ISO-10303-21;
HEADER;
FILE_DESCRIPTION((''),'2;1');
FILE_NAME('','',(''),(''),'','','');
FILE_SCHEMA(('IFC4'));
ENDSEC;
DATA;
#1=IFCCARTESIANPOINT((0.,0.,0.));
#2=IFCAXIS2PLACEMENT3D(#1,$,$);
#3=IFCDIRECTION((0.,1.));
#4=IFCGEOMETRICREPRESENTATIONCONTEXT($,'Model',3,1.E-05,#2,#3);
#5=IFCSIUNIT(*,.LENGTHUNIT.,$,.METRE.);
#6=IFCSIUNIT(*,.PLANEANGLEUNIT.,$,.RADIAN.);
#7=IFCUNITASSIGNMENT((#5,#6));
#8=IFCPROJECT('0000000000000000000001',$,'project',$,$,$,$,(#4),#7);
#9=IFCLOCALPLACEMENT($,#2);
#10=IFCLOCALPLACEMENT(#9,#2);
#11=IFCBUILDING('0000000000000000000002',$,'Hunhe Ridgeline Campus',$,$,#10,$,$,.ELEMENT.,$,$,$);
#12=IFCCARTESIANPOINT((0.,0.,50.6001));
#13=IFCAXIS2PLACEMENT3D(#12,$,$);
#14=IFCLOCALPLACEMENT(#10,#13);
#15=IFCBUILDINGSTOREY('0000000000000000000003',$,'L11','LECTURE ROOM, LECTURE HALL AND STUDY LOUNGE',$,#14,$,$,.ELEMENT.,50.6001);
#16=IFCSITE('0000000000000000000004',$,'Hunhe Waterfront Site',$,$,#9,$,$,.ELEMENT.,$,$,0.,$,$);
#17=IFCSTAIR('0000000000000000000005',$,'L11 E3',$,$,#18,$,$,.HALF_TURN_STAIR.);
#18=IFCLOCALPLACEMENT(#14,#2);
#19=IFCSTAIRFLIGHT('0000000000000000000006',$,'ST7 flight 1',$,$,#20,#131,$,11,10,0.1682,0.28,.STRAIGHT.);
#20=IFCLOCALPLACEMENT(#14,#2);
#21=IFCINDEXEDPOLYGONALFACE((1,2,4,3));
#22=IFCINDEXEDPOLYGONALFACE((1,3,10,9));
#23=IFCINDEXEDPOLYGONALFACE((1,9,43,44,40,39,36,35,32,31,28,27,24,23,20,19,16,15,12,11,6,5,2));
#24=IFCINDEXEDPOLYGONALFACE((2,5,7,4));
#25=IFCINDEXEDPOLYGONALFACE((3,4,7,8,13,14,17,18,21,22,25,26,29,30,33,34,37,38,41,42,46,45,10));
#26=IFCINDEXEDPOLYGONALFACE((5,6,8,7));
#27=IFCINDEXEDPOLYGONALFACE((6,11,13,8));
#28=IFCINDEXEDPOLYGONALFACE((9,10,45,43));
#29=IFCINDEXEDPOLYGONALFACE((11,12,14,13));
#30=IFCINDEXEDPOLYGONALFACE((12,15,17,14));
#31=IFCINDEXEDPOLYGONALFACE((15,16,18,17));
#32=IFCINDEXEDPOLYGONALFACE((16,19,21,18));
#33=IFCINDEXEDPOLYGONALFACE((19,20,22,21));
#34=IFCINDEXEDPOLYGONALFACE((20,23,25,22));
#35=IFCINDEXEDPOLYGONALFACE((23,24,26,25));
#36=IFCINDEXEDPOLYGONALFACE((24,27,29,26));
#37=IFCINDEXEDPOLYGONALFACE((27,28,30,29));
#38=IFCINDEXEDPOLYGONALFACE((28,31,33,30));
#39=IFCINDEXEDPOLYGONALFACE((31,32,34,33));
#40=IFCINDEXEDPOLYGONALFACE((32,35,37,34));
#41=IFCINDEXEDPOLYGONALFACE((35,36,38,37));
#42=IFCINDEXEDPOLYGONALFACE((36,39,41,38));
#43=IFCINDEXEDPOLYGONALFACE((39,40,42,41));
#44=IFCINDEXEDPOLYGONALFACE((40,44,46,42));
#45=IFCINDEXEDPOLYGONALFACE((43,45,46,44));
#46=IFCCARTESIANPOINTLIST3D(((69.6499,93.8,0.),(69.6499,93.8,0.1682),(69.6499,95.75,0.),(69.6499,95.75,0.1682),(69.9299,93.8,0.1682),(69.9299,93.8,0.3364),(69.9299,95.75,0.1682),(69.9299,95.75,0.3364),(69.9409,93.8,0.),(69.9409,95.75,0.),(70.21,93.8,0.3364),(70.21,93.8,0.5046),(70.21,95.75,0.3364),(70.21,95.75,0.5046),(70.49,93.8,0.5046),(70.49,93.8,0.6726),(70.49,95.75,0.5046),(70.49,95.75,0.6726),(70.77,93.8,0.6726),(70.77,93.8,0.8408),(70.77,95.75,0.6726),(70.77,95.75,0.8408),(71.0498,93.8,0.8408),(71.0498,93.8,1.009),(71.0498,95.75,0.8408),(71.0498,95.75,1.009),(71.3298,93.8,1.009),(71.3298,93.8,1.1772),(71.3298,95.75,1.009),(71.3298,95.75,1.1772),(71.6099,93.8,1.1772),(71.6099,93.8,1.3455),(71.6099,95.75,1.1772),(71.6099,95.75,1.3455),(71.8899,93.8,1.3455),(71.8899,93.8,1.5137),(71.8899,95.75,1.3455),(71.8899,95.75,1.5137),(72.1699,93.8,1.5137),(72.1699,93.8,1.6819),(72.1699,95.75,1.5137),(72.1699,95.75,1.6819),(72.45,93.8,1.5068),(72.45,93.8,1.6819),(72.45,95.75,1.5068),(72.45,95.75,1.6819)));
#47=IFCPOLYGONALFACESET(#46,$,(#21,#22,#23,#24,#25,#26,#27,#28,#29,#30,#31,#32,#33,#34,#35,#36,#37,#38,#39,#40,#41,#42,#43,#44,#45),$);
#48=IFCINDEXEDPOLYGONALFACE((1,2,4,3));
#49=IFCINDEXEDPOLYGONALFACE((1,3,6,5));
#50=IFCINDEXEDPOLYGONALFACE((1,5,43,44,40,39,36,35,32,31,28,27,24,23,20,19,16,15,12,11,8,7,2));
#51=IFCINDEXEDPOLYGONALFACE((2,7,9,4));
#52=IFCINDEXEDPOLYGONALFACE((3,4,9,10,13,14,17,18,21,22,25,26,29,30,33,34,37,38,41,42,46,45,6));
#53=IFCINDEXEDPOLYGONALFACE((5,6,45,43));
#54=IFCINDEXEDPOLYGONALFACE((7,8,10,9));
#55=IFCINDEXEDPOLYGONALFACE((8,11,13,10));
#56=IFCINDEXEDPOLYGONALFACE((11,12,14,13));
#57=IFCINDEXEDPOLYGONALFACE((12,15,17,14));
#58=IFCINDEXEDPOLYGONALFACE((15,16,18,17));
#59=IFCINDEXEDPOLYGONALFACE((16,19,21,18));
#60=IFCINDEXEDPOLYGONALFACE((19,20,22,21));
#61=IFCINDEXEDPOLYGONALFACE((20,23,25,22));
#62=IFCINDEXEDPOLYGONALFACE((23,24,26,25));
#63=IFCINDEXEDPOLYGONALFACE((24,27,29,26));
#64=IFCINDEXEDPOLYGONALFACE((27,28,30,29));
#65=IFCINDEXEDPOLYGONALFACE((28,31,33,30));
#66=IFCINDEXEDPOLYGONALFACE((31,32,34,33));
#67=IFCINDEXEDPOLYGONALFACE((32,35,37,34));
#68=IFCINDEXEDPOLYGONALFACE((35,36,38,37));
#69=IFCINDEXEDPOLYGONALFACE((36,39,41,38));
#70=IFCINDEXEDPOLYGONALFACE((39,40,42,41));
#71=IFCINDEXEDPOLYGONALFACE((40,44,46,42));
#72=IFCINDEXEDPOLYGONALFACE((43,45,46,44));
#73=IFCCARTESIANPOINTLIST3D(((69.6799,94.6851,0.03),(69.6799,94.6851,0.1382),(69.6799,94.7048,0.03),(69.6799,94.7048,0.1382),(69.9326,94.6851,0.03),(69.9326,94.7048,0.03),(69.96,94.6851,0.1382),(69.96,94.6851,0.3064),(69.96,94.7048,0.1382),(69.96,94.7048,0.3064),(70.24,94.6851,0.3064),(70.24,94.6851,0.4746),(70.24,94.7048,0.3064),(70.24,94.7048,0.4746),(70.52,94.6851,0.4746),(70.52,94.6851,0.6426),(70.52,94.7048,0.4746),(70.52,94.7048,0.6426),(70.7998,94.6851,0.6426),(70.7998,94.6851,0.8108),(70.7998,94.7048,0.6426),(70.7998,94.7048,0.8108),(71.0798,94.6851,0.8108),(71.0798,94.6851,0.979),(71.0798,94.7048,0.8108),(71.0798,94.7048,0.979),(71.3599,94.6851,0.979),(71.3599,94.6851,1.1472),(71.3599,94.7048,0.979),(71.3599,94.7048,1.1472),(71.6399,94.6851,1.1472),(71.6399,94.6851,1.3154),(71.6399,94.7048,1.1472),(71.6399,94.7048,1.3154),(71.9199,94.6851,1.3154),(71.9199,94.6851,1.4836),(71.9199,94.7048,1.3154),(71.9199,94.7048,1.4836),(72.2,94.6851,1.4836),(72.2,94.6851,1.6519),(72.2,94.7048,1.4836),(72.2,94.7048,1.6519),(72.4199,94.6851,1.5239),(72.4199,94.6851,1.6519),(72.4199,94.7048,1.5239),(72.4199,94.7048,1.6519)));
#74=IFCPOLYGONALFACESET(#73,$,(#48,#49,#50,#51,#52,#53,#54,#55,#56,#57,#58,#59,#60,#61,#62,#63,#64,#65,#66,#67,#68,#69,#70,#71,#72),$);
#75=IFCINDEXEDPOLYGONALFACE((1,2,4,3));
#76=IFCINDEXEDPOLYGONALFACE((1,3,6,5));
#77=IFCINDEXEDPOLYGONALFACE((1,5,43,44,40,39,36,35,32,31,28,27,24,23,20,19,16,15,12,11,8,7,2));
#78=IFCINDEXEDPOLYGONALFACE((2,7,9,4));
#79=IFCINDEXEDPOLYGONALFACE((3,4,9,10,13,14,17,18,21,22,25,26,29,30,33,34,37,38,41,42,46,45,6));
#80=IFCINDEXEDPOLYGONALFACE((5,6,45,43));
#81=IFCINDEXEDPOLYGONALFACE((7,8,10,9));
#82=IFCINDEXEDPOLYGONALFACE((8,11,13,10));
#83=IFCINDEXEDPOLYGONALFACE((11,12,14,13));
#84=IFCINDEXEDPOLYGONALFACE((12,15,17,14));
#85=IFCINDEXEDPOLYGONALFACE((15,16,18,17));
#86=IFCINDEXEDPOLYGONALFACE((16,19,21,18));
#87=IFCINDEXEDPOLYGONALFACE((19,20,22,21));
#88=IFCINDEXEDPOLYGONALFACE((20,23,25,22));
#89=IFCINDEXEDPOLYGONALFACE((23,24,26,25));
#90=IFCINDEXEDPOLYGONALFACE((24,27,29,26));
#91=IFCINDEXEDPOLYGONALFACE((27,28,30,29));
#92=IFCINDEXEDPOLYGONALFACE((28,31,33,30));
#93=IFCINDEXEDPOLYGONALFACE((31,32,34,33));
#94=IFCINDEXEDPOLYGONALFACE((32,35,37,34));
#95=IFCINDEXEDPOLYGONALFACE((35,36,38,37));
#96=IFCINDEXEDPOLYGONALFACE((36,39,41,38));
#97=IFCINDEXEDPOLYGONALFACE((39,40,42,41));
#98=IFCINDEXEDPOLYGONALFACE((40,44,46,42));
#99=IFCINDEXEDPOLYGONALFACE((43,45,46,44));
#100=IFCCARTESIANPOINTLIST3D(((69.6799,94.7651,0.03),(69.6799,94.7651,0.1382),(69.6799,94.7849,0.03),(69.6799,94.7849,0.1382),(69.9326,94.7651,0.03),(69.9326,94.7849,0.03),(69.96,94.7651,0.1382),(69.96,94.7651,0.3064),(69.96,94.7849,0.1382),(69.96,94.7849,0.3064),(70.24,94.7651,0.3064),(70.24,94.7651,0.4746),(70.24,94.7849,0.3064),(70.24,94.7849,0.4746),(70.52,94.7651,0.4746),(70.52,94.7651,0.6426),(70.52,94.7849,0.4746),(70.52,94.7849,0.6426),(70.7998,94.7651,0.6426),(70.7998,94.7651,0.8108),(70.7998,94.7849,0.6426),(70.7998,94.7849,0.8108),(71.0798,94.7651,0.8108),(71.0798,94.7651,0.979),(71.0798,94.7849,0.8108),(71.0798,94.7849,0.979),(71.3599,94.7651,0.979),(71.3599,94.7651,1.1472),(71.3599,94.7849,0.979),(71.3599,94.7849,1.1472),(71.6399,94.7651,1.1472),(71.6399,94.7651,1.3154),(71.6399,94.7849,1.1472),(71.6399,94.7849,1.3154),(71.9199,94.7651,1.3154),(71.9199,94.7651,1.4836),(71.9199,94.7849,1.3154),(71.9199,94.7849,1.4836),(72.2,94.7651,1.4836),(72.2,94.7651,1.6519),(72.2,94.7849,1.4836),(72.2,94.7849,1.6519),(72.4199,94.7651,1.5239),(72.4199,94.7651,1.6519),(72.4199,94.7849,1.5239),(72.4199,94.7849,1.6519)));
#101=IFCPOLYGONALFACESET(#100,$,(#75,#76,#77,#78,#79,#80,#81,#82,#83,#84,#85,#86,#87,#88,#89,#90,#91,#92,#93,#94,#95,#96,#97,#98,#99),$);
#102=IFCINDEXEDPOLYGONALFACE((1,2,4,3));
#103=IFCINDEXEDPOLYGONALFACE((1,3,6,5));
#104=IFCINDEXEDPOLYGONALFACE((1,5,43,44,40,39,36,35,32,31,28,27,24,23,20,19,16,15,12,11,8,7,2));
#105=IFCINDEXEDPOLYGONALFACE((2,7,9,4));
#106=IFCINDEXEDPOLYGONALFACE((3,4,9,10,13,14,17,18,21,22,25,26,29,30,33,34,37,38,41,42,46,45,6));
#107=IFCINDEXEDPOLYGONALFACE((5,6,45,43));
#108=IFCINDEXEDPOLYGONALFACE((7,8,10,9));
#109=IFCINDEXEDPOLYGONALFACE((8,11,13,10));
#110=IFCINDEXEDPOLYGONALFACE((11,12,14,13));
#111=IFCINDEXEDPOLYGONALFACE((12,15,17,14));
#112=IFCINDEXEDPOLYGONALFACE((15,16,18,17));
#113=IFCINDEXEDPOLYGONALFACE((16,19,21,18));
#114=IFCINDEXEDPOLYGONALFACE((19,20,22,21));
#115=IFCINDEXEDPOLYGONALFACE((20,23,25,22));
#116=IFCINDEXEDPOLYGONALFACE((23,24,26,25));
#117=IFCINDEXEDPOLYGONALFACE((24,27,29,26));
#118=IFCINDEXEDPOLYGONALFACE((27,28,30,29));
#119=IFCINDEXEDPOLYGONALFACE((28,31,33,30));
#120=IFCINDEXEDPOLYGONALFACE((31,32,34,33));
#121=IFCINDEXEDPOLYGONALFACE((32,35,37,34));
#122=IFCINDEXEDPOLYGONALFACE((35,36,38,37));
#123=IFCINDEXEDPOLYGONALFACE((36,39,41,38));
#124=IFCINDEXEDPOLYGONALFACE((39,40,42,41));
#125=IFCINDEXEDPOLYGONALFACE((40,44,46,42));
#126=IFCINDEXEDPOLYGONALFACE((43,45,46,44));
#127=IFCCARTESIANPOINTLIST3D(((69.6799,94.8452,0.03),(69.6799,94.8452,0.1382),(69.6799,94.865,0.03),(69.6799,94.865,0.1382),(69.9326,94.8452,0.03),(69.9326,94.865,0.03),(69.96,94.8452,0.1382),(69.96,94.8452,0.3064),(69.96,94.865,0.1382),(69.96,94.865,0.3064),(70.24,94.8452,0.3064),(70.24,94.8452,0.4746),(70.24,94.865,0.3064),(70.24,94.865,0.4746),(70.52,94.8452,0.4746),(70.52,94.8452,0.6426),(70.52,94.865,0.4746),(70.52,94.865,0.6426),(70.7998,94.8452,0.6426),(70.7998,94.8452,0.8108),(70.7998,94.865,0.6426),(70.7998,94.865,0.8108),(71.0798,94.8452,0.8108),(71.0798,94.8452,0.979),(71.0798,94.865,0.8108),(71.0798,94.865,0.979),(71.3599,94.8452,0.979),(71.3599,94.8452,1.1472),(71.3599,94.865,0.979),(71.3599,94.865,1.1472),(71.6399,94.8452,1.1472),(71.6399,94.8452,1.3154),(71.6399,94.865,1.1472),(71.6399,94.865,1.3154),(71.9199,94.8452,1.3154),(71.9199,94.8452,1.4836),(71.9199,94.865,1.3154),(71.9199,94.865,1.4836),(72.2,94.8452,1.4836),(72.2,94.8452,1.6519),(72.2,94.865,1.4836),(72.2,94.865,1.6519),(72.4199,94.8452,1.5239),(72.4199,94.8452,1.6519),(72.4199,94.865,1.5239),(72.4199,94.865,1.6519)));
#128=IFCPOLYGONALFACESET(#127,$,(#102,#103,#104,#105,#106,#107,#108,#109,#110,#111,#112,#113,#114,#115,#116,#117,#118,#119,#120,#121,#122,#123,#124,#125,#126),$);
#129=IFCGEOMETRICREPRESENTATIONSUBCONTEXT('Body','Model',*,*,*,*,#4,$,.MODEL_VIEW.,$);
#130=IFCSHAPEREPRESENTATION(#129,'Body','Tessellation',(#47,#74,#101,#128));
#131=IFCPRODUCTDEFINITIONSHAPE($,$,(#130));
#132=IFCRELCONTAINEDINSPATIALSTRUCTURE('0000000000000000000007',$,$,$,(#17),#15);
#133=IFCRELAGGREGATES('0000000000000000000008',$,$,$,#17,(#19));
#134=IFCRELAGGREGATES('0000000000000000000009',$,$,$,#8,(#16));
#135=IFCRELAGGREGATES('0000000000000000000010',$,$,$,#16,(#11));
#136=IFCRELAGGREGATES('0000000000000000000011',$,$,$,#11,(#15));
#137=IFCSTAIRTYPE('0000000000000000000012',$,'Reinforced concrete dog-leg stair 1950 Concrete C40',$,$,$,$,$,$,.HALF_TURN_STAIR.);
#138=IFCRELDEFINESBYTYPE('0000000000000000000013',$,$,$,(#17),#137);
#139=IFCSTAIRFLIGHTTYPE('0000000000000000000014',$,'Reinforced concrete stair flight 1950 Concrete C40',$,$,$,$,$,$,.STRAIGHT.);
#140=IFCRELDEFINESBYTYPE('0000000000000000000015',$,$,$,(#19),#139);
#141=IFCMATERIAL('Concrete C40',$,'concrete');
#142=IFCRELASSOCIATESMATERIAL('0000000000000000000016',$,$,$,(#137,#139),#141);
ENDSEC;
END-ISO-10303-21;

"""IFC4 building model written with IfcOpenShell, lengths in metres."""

from ifc_helpers import new_model, si_unit, direction, frame, origin, place, context, subcontext, project, spatial, polyline, outline, extrude, material, type_object, element, aggregate, save


model = new_model("IFC4")

# Units and contexts
model_context = context("Model", 3, precision=1e-05, world=origin(), true_north=direction((0.0, 1.0)))
body_context = subcontext(model_context, "Body", "Model", "MODEL_VIEW")
ifc_project = project(units=[si_unit("LENGTHUNIT", "METRE"), si_unit("PLANEANGLEUNIT", "RADIAN")], contexts=[model_context])

# Site, building, storey
site_placement = place(None, origin())
site = spatial("IfcSite", under=ifc_project, at=site_placement, Name="Hunhe Waterfront Site", CompositionType="ELEMENT", RefElevation=0.0)
building_placement = place(site_placement, origin())
building = spatial("IfcBuilding", under=site, at=building_placement, Name="Hunhe Ridgeline Campus", CompositionType="ELEMENT")
storey_placement = place(building_placement, frame((0.0, 0.0, 50.6001)))
storey = spatial("IfcBuildingStorey", under=building, at=storey_placement, Name="L11", Description="LECTURE ROOM, LECTURE HALL AND STUDY LOUNGE", CompositionType="ELEMENT", Elevation=50.6001)

# Shared definitions
ifc_material_1 = material(Name="Concrete C40", Category="concrete")
stair_type = type_object("IfcStairType", Name="Reinforced concrete dog-leg stair 1950 Concrete C40", PredefinedType="HALF_TURN_STAIR", material=ifc_material_1)
stair_flight_type = type_object("IfcStairFlightType", Name="Reinforced concrete stair flight 1950 Concrete C40", PredefinedType="STRAIGHT", material=ifc_material_1)

# Stair, stair flight
stair_1_placement = place(storey_placement, origin())
stair_1 = element("IfcStair", 1, at=stair_1_placement, inside=storey, type_object=stair_type, Name="L11 E3", PredefinedType="HALF_TURN_STAIR")
stair_flight_1_placement = place(storey_placement, frame((69.6499, 94.7749, 0.0), z_axis=(0.0, 0.0, 1.0), x_axis=(1.0, 0.0, 0.0)))
stair_flight_1 = element("IfcStairFlight", 2, at=stair_flight_1_placement, type_object=stair_flight_type, Name="ST7 flight 1", NumberOfRisers=11, NumberOfTreads=10, PredefinedType="STRAIGHT", RiserHeight=0.1682, TreadLength=0.28, context=body_context, shape_type="SweptSolid", body=[
    extrude(outline(polyline([(0.0, 0.0), (0.0, 0.1682), (0.28, 0.1682), (0.28, 0.3364), (0.5601, 0.3364), (0.5601, 0.5046), (0.8401, 0.5046), (0.8401, 0.6726), (1.1201, 0.6726), (1.1201, 0.8408), (1.3999, 0.8408), (1.3999, 1.009), (1.6799, 1.009), (1.6799, 1.1772), (1.96, 1.1772), (1.96, 1.3455), (2.24, 1.3455), (2.24, 1.5137), (2.52, 1.5137), (2.52, 1.6819), (2.8, 1.6819), (2.8, 1.8501), (2.8, 1.5068), (0.291, 0.0), (0.0, 0.0)])), frame((0.0, 0.9751, 0.0), z_axis=(0.0, -1.0, 0.0), x_axis=(1.0, 0.0, 0.0)), (0.0, 0.0, 1.0), 1.95),
    extrude(outline(polyline([(0.03, 0.03), (0.03, 0.1382), (0.3101, 0.1382), (0.3101, 0.3064), (0.5901, 0.3064), (0.5901, 0.4746), (0.8701, 0.4746), (0.8701, 0.6426), (1.1499, 0.6426), (1.1499, 0.8108), (1.4299, 0.8108), (1.4299, 0.979), (1.71, 0.979), (1.71, 1.1472), (1.99, 1.1472), (1.99, 1.3154), (2.27, 1.3154), (2.27, 1.4836), (2.55, 1.4836), (2.55, 1.6519), (2.77, 1.6519), (2.77, 1.5239), (0.2827, 0.03), (0.03, 0.03)])), frame((0.0, -0.0701, 0.0), z_axis=(0.0, -1.0, 0.0), x_axis=(1.0, 0.0, 0.0)), (0.0, 0.0, 1.0), 0.0198),
    extrude(outline(polyline([(0.03, 0.03), (0.03, 0.1382), (0.3101, 0.1382), (0.3101, 0.3064), (0.5901, 0.3064), (0.5901, 0.4746), (0.8701, 0.4746), (0.8701, 0.6426), (1.1499, 0.6426), (1.1499, 0.8108), (1.4299, 0.8108), (1.4299, 0.979), (1.71, 0.979), (1.71, 1.1472), (1.99, 1.1472), (1.99, 1.3154), (2.27, 1.3154), (2.27, 1.4836), (2.55, 1.4836), (2.55, 1.6519), (2.77, 1.6519), (2.77, 1.5239), (0.2827, 0.03), (0.03, 0.03)])), frame((0.0, 0.01, 0.0), z_axis=(0.0, -1.0, 0.0), x_axis=(1.0, 0.0, 0.0)), (0.0, 0.0, 1.0), 0.0198),
    extrude(outline(polyline([(0.03, 0.03), (0.03, 0.1382), (0.3101, 0.1382), (0.3101, 0.3064), (0.5901, 0.3064), (0.5901, 0.4746), (0.8701, 0.4746), (0.8701, 0.6426), (1.1499, 0.6426), (1.1499, 0.8108), (1.4299, 0.8108), (1.4299, 0.979), (1.71, 0.979), (1.71, 1.1472), (1.99, 1.1472), (1.99, 1.3154), (2.27, 1.3154), (2.27, 1.4836), (2.55, 1.4836), (2.55, 1.6519), (2.77, 1.6519), (2.77, 1.5239), (0.2827, 0.03), (0.03, 0.03)])), frame((0.0, 0.0901, 0.0), z_axis=(0.0, -1.0, 0.0), x_axis=(1.0, 0.0, 0.0)), (0.0, 0.0, 1.0), 0.0198),
])
aggregate(stair_1, [stair_flight_1])

save(model, "model.ifc")
